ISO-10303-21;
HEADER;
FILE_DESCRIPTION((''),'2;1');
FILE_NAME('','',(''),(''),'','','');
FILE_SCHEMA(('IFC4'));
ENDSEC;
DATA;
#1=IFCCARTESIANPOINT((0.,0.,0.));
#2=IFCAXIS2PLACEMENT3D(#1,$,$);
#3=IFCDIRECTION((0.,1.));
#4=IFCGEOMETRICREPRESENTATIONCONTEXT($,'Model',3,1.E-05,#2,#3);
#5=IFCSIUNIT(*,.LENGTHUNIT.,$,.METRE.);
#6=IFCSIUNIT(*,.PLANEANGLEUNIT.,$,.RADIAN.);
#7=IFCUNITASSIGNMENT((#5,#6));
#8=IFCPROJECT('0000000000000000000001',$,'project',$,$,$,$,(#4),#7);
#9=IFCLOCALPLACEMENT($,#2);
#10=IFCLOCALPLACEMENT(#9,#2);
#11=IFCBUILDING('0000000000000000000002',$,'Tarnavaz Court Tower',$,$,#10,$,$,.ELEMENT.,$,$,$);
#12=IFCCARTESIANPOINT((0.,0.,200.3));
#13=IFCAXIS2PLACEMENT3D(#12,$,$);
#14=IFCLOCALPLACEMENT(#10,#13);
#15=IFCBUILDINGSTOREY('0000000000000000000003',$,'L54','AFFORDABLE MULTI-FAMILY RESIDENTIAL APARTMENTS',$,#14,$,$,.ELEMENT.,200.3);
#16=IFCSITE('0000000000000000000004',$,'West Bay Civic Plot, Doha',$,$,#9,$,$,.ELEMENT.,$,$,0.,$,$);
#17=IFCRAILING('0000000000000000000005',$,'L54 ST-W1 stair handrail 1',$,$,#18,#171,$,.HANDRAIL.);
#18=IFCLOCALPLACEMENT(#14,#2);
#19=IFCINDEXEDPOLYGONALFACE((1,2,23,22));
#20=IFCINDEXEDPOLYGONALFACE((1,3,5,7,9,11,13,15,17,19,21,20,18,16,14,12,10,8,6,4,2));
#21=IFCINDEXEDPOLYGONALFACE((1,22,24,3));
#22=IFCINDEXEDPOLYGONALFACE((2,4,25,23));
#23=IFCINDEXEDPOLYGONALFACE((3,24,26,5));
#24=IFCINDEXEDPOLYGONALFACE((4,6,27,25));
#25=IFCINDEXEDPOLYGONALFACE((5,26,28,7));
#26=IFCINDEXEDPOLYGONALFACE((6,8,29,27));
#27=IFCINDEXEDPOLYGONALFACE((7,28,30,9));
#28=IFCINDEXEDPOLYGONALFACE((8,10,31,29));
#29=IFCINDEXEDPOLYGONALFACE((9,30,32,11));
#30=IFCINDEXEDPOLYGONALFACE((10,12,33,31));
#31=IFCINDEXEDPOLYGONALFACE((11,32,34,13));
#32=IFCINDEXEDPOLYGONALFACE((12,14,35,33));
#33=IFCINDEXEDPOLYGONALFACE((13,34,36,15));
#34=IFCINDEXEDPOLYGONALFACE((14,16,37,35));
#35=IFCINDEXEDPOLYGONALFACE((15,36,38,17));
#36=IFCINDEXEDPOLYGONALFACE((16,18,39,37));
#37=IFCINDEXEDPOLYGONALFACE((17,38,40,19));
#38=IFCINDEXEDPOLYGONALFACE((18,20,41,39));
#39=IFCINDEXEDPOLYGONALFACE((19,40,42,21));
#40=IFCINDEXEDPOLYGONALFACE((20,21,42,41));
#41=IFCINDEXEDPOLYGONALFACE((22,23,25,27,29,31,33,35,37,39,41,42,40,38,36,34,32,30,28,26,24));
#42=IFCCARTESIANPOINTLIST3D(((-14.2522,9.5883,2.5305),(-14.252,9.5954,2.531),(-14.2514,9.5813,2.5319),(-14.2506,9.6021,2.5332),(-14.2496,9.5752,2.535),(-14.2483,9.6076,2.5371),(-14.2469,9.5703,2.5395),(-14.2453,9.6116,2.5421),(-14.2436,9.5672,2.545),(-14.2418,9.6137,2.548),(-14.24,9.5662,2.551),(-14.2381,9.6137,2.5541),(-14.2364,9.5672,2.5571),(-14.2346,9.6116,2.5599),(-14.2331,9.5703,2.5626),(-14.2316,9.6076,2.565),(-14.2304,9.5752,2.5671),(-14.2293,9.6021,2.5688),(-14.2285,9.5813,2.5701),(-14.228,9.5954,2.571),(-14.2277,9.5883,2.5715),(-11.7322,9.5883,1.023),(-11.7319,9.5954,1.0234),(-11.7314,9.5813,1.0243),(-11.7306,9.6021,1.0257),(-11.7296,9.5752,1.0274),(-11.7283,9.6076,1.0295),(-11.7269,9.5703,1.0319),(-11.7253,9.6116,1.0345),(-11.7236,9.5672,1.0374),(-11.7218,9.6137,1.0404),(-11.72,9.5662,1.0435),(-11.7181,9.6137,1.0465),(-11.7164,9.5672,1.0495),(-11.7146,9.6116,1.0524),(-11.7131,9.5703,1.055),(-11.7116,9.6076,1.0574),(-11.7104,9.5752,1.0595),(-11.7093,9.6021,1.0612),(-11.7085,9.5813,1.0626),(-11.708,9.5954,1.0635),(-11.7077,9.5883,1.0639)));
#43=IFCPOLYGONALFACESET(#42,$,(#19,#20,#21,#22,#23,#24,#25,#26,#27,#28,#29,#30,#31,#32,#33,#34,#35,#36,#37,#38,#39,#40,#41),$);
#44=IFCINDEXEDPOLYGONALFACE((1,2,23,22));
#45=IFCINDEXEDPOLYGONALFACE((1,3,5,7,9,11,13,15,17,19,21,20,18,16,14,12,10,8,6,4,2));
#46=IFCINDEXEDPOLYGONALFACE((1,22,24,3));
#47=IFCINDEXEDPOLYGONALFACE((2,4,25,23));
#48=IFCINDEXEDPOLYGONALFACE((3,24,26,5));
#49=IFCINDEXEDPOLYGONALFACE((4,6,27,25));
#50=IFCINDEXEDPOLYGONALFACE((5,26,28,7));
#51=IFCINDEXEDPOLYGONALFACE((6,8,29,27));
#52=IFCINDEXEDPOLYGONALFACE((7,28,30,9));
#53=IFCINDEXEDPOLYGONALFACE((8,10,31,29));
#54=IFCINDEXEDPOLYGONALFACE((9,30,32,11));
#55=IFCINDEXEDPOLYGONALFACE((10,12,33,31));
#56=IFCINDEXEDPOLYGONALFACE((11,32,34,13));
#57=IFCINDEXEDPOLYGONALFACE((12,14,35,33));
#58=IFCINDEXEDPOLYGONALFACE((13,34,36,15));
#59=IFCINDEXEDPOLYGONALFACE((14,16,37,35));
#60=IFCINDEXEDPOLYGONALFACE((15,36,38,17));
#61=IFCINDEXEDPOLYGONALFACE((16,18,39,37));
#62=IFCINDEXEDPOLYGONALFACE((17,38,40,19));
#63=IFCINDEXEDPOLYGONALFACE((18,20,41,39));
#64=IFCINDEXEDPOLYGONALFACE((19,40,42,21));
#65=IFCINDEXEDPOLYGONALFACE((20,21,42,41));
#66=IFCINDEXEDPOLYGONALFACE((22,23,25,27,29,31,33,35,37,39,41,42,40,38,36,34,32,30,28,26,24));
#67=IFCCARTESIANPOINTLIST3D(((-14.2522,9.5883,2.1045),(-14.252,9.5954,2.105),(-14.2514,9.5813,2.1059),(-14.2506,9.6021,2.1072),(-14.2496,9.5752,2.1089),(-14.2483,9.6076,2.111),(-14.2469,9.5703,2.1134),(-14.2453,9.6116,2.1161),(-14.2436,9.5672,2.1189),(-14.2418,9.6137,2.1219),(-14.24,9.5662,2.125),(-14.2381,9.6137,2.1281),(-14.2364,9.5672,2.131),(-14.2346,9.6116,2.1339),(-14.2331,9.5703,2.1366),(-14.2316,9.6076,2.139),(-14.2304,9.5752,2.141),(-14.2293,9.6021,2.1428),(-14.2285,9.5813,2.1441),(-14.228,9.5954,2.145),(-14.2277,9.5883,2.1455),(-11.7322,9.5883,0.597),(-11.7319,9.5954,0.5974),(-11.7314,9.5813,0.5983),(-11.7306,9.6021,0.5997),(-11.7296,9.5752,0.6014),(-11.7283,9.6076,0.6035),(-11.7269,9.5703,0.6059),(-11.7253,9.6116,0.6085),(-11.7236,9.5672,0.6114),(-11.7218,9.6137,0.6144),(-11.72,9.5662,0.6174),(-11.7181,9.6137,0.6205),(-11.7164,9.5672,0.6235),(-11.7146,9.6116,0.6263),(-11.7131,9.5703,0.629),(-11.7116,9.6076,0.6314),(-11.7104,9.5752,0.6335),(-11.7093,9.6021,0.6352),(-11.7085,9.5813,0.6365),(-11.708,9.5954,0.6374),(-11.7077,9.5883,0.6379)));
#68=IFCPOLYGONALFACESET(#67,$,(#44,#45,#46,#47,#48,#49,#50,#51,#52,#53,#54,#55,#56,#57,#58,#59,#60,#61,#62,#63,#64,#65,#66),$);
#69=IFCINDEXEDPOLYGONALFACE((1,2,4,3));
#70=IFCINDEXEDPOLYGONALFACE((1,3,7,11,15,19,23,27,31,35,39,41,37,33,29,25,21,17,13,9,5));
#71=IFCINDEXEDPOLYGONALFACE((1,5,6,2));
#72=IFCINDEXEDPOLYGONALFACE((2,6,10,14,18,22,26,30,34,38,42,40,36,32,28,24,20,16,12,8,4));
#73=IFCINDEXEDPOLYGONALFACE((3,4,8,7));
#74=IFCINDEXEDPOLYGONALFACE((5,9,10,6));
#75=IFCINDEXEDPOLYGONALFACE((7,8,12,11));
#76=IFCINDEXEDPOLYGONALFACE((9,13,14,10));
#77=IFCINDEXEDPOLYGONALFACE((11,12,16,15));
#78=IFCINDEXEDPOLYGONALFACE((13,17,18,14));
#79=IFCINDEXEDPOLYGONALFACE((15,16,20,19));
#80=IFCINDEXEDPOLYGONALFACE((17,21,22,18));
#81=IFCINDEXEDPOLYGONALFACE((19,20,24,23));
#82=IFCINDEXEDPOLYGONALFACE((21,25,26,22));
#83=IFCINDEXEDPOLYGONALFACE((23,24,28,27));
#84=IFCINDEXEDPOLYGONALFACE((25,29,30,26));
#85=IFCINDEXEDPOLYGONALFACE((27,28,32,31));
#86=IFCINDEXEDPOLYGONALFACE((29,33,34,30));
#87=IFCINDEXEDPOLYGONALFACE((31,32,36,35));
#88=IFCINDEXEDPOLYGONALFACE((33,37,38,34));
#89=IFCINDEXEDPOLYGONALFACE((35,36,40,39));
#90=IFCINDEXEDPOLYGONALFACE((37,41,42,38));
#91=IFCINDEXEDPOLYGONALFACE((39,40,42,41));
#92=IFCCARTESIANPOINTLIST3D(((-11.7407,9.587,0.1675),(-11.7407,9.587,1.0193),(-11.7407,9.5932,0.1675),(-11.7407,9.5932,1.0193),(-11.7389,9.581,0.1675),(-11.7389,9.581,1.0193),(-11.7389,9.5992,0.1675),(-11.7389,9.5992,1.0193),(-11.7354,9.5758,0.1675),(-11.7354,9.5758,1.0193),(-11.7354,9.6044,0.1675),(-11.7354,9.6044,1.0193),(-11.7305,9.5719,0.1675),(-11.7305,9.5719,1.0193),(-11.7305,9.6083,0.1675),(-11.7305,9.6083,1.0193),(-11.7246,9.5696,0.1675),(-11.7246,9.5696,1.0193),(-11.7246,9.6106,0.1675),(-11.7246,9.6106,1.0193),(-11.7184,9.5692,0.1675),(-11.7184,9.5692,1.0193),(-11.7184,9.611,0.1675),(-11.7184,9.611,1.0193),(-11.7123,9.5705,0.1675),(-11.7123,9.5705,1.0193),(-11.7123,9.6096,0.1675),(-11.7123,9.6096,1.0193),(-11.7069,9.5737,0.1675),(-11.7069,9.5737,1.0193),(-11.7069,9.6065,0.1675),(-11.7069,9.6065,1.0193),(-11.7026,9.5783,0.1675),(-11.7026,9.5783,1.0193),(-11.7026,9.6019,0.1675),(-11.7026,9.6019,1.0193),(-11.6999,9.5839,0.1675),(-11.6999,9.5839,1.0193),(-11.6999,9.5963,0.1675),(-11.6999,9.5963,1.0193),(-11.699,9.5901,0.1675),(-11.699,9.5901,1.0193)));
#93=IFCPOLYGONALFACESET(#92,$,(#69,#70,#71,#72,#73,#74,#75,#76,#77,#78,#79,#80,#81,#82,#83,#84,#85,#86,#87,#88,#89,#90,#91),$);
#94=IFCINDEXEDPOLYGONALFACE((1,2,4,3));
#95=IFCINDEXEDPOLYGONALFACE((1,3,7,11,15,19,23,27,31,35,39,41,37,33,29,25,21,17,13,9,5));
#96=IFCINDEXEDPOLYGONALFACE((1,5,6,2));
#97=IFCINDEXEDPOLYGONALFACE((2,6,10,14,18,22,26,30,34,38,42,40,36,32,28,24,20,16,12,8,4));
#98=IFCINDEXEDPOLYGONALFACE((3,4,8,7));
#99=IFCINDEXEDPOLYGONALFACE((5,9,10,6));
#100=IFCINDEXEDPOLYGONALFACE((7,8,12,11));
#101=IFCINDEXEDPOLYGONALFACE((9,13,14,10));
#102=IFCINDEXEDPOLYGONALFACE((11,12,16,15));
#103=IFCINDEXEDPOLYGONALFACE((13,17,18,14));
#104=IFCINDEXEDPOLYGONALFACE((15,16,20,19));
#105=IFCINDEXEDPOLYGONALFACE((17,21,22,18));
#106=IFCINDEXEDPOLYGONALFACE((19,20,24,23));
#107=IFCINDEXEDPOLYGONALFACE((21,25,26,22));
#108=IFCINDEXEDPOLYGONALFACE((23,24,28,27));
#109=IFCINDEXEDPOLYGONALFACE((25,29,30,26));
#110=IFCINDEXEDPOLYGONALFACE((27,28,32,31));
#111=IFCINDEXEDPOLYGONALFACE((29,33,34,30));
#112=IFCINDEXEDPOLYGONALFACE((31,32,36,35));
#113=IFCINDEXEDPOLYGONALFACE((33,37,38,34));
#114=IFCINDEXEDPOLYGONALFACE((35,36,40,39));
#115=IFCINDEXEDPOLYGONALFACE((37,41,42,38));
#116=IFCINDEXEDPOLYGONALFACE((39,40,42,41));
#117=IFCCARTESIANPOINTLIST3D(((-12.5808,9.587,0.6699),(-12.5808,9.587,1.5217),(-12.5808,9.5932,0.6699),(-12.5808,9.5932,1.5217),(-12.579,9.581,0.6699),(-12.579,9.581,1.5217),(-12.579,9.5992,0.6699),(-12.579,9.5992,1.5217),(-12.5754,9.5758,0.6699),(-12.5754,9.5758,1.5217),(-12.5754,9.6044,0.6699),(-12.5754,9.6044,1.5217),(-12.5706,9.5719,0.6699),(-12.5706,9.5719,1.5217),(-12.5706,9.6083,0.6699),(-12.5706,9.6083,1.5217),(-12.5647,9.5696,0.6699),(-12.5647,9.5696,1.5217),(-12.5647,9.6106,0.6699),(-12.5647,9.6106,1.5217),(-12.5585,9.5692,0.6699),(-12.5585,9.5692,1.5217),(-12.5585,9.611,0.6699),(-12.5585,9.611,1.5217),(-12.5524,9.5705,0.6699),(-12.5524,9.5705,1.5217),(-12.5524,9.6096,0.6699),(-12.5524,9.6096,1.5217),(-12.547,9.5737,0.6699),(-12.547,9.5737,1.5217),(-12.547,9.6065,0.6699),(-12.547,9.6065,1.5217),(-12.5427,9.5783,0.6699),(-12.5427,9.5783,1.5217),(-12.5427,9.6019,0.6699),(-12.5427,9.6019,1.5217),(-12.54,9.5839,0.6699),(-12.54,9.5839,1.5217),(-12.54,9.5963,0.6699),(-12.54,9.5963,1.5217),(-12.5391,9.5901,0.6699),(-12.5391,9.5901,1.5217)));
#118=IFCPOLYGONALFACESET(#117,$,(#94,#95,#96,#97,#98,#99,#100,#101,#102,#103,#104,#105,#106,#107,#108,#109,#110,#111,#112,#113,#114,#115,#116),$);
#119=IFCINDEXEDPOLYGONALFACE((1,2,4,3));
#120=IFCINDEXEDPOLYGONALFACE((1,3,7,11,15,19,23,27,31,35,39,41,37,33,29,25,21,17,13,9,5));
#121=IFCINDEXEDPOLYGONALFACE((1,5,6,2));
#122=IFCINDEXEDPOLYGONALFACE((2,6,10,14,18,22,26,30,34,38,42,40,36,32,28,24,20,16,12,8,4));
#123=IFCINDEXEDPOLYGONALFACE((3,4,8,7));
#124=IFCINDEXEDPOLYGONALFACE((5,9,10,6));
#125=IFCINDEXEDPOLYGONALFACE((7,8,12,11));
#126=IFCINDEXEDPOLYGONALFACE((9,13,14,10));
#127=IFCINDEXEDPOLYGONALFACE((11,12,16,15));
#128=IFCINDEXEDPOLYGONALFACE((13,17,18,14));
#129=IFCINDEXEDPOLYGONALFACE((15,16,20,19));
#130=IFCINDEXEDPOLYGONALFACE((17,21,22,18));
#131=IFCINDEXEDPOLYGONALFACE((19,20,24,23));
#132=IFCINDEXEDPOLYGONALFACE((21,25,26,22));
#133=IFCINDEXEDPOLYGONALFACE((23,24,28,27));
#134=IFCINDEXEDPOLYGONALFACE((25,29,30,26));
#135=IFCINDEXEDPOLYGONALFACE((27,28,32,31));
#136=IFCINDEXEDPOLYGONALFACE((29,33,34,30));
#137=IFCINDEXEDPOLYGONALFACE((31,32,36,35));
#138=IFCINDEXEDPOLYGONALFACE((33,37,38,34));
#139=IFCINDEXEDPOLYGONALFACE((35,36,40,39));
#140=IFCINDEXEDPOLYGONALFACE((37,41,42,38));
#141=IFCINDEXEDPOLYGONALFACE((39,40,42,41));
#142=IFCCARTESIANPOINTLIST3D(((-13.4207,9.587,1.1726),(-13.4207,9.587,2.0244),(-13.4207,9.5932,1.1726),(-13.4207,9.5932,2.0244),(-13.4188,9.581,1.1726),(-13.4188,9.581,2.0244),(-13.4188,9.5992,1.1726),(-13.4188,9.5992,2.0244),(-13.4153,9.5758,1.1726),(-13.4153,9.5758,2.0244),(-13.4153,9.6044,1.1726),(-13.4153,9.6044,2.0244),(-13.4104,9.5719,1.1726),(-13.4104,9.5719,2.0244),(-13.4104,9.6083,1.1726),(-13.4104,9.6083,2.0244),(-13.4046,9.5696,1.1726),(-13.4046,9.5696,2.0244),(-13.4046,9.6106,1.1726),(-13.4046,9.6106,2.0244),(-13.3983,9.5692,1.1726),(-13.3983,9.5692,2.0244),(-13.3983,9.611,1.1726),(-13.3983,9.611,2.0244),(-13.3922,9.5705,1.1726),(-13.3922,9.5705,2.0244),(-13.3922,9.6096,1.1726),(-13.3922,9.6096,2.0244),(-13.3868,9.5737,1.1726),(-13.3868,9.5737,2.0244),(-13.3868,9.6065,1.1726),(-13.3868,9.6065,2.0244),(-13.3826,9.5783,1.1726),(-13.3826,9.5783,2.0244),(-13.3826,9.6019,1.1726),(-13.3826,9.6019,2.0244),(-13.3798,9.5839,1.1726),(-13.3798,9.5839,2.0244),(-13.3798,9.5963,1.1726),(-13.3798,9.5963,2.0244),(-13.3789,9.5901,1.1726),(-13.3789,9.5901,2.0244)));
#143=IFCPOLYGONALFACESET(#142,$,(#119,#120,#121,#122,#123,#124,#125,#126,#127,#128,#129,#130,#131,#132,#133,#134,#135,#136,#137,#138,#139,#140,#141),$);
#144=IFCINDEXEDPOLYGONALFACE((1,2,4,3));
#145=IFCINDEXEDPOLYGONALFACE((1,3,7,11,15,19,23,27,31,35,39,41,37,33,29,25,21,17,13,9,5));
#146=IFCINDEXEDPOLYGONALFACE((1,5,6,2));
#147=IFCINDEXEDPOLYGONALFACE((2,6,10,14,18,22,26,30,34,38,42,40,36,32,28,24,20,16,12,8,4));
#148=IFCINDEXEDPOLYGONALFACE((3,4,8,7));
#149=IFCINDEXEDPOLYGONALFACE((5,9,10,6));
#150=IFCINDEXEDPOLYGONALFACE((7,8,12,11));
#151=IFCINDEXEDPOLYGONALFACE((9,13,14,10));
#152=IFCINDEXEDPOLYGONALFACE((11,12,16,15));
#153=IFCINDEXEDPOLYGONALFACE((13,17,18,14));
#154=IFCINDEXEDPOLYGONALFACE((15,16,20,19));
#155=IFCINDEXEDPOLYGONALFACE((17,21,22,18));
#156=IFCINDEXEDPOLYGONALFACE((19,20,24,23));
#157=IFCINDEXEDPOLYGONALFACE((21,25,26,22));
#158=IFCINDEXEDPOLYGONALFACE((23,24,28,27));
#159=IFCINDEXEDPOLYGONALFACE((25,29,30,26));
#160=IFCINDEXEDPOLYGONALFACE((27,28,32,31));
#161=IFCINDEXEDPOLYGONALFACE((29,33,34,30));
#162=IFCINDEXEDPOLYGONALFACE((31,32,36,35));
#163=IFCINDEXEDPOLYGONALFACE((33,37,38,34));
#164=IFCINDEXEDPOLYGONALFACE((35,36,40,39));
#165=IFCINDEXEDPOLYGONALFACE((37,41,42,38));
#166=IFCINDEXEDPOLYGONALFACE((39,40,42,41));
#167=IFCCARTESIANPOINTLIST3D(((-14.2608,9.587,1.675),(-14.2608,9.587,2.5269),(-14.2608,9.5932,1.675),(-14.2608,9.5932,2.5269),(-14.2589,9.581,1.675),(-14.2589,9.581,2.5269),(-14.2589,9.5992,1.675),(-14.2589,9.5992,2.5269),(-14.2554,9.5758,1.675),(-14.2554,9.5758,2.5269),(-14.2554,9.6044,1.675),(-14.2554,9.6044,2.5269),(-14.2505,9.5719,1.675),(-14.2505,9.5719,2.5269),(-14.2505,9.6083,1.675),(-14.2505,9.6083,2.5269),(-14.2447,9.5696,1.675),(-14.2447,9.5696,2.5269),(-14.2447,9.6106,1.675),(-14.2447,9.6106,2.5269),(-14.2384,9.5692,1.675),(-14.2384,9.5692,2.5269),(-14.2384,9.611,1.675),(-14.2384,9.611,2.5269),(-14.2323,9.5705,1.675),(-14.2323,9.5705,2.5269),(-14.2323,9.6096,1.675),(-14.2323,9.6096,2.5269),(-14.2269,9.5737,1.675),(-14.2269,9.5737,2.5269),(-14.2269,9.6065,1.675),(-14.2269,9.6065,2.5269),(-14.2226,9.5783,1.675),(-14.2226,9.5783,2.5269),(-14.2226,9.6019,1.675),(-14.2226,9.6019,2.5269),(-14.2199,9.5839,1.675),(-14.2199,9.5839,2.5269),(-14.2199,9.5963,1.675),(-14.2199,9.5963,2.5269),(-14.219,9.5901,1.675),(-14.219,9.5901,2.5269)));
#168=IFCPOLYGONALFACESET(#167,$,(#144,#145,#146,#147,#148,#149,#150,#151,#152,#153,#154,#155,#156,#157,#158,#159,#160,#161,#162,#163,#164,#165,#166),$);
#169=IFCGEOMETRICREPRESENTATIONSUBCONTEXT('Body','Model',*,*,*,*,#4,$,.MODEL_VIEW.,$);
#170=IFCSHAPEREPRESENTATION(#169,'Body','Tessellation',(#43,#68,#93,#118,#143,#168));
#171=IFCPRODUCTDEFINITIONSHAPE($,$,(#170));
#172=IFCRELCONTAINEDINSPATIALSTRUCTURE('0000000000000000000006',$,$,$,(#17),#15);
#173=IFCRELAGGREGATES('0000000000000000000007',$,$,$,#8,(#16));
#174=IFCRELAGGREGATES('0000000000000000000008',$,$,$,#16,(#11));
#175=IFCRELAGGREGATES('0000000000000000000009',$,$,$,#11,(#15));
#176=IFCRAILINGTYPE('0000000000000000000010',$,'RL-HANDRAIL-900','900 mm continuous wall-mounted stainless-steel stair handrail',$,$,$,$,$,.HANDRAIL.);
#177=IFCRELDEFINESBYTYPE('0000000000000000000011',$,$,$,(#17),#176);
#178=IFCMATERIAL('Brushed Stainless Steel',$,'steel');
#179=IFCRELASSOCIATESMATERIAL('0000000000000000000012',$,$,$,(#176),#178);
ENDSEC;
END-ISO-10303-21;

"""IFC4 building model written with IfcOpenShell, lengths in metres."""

from ifc_helpers import new_model, si_unit, direction, frame, origin, origin_2d, place, context, subcontext, project, spatial, circle, extrude, material, type_object, element, save


model = new_model("IFC4")

# Units and contexts
model_context = context("Model", 3, precision=1e-05, world=origin(), true_north=direction((0.0, 1.0)))
body_context = subcontext(model_context, "Body", "Model", "MODEL_VIEW")
ifc_project = project(units=[si_unit("LENGTHUNIT", "METRE"), si_unit("PLANEANGLEUNIT", "RADIAN")], contexts=[model_context])

# Site, building, storey
site_placement = place(None, origin())
site = spatial("IfcSite", under=ifc_project, at=site_placement, Name="West Bay Civic Plot, Doha", CompositionType="ELEMENT", RefElevation=0.0)
building_placement = place(site_placement, origin())
building = spatial("IfcBuilding", under=site, at=building_placement, Name="Tarnavaz Court Tower", CompositionType="ELEMENT")
storey_placement = place(building_placement, frame((0.0, 0.0, 200.3)))
storey = spatial("IfcBuildingStorey", under=building, at=storey_placement, Name="L54", Description="AFFORDABLE MULTI-FAMILY RESIDENTIAL APARTMENTS", CompositionType="ELEMENT", Elevation=200.3)

# Railing
ifc_material_1 = material(Name="Brushed Stainless Steel", Category="steel")
railing_type_1 = type_object("IfcRailingType", Name="RL-HANDRAIL-900", Description="900 mm continuous wall-mounted stainless-steel stair handrail", PredefinedType="HANDRAIL", material=ifc_material_1)
railing_1_placement = place(storey_placement, frame((-11.72, 9.5901, 0.1675)))
element("IfcRailing", 1, at=railing_1_placement, inside=storey, type_object=railing_type_1, Name="L54 ST-W1 stair handrail 1", PredefinedType="HANDRAIL", context=body_context, shape_type="SweptSolid", body=[
    extrude(circle(Radius=0.0239, at=origin_2d()), frame((0.0, 0.0, 0.876), z_axis=(-0.85816, 0.0, 0.513383), x_axis=(0.0, -1.0, 0.0)), (0.0, 0.0, 1.0), 2.9365),
    extrude(circle(Radius=0.0239, at=origin_2d()), frame((0.0, 0.0, 0.45), z_axis=(-0.85816, 0.0, 0.513383), x_axis=(0.0, -1.0, 0.0)), (0.0, 0.0, 1.0), 2.9365),
    extrude(circle(Radius=0.021, at=origin_2d()), origin(), (0.0, 0.0, 1.0), 0.8518),
    extrude(circle(Radius=0.021, at=origin_2d()), frame((-0.8401, 0.0, 0.5024)), (0.0, 0.0, 1.0), 0.8518),
    extrude(circle(Radius=0.021, at=origin_2d()), frame((-1.6799, 0.0, 1.0051)), (0.0, 0.0, 1.0), 0.8518),
    extrude(circle(Radius=0.021, at=origin_2d()), frame((-2.52, 0.0, 1.5076)), (0.0, 0.0, 1.0), 0.8518),
])

save(model, "model.ifc")
